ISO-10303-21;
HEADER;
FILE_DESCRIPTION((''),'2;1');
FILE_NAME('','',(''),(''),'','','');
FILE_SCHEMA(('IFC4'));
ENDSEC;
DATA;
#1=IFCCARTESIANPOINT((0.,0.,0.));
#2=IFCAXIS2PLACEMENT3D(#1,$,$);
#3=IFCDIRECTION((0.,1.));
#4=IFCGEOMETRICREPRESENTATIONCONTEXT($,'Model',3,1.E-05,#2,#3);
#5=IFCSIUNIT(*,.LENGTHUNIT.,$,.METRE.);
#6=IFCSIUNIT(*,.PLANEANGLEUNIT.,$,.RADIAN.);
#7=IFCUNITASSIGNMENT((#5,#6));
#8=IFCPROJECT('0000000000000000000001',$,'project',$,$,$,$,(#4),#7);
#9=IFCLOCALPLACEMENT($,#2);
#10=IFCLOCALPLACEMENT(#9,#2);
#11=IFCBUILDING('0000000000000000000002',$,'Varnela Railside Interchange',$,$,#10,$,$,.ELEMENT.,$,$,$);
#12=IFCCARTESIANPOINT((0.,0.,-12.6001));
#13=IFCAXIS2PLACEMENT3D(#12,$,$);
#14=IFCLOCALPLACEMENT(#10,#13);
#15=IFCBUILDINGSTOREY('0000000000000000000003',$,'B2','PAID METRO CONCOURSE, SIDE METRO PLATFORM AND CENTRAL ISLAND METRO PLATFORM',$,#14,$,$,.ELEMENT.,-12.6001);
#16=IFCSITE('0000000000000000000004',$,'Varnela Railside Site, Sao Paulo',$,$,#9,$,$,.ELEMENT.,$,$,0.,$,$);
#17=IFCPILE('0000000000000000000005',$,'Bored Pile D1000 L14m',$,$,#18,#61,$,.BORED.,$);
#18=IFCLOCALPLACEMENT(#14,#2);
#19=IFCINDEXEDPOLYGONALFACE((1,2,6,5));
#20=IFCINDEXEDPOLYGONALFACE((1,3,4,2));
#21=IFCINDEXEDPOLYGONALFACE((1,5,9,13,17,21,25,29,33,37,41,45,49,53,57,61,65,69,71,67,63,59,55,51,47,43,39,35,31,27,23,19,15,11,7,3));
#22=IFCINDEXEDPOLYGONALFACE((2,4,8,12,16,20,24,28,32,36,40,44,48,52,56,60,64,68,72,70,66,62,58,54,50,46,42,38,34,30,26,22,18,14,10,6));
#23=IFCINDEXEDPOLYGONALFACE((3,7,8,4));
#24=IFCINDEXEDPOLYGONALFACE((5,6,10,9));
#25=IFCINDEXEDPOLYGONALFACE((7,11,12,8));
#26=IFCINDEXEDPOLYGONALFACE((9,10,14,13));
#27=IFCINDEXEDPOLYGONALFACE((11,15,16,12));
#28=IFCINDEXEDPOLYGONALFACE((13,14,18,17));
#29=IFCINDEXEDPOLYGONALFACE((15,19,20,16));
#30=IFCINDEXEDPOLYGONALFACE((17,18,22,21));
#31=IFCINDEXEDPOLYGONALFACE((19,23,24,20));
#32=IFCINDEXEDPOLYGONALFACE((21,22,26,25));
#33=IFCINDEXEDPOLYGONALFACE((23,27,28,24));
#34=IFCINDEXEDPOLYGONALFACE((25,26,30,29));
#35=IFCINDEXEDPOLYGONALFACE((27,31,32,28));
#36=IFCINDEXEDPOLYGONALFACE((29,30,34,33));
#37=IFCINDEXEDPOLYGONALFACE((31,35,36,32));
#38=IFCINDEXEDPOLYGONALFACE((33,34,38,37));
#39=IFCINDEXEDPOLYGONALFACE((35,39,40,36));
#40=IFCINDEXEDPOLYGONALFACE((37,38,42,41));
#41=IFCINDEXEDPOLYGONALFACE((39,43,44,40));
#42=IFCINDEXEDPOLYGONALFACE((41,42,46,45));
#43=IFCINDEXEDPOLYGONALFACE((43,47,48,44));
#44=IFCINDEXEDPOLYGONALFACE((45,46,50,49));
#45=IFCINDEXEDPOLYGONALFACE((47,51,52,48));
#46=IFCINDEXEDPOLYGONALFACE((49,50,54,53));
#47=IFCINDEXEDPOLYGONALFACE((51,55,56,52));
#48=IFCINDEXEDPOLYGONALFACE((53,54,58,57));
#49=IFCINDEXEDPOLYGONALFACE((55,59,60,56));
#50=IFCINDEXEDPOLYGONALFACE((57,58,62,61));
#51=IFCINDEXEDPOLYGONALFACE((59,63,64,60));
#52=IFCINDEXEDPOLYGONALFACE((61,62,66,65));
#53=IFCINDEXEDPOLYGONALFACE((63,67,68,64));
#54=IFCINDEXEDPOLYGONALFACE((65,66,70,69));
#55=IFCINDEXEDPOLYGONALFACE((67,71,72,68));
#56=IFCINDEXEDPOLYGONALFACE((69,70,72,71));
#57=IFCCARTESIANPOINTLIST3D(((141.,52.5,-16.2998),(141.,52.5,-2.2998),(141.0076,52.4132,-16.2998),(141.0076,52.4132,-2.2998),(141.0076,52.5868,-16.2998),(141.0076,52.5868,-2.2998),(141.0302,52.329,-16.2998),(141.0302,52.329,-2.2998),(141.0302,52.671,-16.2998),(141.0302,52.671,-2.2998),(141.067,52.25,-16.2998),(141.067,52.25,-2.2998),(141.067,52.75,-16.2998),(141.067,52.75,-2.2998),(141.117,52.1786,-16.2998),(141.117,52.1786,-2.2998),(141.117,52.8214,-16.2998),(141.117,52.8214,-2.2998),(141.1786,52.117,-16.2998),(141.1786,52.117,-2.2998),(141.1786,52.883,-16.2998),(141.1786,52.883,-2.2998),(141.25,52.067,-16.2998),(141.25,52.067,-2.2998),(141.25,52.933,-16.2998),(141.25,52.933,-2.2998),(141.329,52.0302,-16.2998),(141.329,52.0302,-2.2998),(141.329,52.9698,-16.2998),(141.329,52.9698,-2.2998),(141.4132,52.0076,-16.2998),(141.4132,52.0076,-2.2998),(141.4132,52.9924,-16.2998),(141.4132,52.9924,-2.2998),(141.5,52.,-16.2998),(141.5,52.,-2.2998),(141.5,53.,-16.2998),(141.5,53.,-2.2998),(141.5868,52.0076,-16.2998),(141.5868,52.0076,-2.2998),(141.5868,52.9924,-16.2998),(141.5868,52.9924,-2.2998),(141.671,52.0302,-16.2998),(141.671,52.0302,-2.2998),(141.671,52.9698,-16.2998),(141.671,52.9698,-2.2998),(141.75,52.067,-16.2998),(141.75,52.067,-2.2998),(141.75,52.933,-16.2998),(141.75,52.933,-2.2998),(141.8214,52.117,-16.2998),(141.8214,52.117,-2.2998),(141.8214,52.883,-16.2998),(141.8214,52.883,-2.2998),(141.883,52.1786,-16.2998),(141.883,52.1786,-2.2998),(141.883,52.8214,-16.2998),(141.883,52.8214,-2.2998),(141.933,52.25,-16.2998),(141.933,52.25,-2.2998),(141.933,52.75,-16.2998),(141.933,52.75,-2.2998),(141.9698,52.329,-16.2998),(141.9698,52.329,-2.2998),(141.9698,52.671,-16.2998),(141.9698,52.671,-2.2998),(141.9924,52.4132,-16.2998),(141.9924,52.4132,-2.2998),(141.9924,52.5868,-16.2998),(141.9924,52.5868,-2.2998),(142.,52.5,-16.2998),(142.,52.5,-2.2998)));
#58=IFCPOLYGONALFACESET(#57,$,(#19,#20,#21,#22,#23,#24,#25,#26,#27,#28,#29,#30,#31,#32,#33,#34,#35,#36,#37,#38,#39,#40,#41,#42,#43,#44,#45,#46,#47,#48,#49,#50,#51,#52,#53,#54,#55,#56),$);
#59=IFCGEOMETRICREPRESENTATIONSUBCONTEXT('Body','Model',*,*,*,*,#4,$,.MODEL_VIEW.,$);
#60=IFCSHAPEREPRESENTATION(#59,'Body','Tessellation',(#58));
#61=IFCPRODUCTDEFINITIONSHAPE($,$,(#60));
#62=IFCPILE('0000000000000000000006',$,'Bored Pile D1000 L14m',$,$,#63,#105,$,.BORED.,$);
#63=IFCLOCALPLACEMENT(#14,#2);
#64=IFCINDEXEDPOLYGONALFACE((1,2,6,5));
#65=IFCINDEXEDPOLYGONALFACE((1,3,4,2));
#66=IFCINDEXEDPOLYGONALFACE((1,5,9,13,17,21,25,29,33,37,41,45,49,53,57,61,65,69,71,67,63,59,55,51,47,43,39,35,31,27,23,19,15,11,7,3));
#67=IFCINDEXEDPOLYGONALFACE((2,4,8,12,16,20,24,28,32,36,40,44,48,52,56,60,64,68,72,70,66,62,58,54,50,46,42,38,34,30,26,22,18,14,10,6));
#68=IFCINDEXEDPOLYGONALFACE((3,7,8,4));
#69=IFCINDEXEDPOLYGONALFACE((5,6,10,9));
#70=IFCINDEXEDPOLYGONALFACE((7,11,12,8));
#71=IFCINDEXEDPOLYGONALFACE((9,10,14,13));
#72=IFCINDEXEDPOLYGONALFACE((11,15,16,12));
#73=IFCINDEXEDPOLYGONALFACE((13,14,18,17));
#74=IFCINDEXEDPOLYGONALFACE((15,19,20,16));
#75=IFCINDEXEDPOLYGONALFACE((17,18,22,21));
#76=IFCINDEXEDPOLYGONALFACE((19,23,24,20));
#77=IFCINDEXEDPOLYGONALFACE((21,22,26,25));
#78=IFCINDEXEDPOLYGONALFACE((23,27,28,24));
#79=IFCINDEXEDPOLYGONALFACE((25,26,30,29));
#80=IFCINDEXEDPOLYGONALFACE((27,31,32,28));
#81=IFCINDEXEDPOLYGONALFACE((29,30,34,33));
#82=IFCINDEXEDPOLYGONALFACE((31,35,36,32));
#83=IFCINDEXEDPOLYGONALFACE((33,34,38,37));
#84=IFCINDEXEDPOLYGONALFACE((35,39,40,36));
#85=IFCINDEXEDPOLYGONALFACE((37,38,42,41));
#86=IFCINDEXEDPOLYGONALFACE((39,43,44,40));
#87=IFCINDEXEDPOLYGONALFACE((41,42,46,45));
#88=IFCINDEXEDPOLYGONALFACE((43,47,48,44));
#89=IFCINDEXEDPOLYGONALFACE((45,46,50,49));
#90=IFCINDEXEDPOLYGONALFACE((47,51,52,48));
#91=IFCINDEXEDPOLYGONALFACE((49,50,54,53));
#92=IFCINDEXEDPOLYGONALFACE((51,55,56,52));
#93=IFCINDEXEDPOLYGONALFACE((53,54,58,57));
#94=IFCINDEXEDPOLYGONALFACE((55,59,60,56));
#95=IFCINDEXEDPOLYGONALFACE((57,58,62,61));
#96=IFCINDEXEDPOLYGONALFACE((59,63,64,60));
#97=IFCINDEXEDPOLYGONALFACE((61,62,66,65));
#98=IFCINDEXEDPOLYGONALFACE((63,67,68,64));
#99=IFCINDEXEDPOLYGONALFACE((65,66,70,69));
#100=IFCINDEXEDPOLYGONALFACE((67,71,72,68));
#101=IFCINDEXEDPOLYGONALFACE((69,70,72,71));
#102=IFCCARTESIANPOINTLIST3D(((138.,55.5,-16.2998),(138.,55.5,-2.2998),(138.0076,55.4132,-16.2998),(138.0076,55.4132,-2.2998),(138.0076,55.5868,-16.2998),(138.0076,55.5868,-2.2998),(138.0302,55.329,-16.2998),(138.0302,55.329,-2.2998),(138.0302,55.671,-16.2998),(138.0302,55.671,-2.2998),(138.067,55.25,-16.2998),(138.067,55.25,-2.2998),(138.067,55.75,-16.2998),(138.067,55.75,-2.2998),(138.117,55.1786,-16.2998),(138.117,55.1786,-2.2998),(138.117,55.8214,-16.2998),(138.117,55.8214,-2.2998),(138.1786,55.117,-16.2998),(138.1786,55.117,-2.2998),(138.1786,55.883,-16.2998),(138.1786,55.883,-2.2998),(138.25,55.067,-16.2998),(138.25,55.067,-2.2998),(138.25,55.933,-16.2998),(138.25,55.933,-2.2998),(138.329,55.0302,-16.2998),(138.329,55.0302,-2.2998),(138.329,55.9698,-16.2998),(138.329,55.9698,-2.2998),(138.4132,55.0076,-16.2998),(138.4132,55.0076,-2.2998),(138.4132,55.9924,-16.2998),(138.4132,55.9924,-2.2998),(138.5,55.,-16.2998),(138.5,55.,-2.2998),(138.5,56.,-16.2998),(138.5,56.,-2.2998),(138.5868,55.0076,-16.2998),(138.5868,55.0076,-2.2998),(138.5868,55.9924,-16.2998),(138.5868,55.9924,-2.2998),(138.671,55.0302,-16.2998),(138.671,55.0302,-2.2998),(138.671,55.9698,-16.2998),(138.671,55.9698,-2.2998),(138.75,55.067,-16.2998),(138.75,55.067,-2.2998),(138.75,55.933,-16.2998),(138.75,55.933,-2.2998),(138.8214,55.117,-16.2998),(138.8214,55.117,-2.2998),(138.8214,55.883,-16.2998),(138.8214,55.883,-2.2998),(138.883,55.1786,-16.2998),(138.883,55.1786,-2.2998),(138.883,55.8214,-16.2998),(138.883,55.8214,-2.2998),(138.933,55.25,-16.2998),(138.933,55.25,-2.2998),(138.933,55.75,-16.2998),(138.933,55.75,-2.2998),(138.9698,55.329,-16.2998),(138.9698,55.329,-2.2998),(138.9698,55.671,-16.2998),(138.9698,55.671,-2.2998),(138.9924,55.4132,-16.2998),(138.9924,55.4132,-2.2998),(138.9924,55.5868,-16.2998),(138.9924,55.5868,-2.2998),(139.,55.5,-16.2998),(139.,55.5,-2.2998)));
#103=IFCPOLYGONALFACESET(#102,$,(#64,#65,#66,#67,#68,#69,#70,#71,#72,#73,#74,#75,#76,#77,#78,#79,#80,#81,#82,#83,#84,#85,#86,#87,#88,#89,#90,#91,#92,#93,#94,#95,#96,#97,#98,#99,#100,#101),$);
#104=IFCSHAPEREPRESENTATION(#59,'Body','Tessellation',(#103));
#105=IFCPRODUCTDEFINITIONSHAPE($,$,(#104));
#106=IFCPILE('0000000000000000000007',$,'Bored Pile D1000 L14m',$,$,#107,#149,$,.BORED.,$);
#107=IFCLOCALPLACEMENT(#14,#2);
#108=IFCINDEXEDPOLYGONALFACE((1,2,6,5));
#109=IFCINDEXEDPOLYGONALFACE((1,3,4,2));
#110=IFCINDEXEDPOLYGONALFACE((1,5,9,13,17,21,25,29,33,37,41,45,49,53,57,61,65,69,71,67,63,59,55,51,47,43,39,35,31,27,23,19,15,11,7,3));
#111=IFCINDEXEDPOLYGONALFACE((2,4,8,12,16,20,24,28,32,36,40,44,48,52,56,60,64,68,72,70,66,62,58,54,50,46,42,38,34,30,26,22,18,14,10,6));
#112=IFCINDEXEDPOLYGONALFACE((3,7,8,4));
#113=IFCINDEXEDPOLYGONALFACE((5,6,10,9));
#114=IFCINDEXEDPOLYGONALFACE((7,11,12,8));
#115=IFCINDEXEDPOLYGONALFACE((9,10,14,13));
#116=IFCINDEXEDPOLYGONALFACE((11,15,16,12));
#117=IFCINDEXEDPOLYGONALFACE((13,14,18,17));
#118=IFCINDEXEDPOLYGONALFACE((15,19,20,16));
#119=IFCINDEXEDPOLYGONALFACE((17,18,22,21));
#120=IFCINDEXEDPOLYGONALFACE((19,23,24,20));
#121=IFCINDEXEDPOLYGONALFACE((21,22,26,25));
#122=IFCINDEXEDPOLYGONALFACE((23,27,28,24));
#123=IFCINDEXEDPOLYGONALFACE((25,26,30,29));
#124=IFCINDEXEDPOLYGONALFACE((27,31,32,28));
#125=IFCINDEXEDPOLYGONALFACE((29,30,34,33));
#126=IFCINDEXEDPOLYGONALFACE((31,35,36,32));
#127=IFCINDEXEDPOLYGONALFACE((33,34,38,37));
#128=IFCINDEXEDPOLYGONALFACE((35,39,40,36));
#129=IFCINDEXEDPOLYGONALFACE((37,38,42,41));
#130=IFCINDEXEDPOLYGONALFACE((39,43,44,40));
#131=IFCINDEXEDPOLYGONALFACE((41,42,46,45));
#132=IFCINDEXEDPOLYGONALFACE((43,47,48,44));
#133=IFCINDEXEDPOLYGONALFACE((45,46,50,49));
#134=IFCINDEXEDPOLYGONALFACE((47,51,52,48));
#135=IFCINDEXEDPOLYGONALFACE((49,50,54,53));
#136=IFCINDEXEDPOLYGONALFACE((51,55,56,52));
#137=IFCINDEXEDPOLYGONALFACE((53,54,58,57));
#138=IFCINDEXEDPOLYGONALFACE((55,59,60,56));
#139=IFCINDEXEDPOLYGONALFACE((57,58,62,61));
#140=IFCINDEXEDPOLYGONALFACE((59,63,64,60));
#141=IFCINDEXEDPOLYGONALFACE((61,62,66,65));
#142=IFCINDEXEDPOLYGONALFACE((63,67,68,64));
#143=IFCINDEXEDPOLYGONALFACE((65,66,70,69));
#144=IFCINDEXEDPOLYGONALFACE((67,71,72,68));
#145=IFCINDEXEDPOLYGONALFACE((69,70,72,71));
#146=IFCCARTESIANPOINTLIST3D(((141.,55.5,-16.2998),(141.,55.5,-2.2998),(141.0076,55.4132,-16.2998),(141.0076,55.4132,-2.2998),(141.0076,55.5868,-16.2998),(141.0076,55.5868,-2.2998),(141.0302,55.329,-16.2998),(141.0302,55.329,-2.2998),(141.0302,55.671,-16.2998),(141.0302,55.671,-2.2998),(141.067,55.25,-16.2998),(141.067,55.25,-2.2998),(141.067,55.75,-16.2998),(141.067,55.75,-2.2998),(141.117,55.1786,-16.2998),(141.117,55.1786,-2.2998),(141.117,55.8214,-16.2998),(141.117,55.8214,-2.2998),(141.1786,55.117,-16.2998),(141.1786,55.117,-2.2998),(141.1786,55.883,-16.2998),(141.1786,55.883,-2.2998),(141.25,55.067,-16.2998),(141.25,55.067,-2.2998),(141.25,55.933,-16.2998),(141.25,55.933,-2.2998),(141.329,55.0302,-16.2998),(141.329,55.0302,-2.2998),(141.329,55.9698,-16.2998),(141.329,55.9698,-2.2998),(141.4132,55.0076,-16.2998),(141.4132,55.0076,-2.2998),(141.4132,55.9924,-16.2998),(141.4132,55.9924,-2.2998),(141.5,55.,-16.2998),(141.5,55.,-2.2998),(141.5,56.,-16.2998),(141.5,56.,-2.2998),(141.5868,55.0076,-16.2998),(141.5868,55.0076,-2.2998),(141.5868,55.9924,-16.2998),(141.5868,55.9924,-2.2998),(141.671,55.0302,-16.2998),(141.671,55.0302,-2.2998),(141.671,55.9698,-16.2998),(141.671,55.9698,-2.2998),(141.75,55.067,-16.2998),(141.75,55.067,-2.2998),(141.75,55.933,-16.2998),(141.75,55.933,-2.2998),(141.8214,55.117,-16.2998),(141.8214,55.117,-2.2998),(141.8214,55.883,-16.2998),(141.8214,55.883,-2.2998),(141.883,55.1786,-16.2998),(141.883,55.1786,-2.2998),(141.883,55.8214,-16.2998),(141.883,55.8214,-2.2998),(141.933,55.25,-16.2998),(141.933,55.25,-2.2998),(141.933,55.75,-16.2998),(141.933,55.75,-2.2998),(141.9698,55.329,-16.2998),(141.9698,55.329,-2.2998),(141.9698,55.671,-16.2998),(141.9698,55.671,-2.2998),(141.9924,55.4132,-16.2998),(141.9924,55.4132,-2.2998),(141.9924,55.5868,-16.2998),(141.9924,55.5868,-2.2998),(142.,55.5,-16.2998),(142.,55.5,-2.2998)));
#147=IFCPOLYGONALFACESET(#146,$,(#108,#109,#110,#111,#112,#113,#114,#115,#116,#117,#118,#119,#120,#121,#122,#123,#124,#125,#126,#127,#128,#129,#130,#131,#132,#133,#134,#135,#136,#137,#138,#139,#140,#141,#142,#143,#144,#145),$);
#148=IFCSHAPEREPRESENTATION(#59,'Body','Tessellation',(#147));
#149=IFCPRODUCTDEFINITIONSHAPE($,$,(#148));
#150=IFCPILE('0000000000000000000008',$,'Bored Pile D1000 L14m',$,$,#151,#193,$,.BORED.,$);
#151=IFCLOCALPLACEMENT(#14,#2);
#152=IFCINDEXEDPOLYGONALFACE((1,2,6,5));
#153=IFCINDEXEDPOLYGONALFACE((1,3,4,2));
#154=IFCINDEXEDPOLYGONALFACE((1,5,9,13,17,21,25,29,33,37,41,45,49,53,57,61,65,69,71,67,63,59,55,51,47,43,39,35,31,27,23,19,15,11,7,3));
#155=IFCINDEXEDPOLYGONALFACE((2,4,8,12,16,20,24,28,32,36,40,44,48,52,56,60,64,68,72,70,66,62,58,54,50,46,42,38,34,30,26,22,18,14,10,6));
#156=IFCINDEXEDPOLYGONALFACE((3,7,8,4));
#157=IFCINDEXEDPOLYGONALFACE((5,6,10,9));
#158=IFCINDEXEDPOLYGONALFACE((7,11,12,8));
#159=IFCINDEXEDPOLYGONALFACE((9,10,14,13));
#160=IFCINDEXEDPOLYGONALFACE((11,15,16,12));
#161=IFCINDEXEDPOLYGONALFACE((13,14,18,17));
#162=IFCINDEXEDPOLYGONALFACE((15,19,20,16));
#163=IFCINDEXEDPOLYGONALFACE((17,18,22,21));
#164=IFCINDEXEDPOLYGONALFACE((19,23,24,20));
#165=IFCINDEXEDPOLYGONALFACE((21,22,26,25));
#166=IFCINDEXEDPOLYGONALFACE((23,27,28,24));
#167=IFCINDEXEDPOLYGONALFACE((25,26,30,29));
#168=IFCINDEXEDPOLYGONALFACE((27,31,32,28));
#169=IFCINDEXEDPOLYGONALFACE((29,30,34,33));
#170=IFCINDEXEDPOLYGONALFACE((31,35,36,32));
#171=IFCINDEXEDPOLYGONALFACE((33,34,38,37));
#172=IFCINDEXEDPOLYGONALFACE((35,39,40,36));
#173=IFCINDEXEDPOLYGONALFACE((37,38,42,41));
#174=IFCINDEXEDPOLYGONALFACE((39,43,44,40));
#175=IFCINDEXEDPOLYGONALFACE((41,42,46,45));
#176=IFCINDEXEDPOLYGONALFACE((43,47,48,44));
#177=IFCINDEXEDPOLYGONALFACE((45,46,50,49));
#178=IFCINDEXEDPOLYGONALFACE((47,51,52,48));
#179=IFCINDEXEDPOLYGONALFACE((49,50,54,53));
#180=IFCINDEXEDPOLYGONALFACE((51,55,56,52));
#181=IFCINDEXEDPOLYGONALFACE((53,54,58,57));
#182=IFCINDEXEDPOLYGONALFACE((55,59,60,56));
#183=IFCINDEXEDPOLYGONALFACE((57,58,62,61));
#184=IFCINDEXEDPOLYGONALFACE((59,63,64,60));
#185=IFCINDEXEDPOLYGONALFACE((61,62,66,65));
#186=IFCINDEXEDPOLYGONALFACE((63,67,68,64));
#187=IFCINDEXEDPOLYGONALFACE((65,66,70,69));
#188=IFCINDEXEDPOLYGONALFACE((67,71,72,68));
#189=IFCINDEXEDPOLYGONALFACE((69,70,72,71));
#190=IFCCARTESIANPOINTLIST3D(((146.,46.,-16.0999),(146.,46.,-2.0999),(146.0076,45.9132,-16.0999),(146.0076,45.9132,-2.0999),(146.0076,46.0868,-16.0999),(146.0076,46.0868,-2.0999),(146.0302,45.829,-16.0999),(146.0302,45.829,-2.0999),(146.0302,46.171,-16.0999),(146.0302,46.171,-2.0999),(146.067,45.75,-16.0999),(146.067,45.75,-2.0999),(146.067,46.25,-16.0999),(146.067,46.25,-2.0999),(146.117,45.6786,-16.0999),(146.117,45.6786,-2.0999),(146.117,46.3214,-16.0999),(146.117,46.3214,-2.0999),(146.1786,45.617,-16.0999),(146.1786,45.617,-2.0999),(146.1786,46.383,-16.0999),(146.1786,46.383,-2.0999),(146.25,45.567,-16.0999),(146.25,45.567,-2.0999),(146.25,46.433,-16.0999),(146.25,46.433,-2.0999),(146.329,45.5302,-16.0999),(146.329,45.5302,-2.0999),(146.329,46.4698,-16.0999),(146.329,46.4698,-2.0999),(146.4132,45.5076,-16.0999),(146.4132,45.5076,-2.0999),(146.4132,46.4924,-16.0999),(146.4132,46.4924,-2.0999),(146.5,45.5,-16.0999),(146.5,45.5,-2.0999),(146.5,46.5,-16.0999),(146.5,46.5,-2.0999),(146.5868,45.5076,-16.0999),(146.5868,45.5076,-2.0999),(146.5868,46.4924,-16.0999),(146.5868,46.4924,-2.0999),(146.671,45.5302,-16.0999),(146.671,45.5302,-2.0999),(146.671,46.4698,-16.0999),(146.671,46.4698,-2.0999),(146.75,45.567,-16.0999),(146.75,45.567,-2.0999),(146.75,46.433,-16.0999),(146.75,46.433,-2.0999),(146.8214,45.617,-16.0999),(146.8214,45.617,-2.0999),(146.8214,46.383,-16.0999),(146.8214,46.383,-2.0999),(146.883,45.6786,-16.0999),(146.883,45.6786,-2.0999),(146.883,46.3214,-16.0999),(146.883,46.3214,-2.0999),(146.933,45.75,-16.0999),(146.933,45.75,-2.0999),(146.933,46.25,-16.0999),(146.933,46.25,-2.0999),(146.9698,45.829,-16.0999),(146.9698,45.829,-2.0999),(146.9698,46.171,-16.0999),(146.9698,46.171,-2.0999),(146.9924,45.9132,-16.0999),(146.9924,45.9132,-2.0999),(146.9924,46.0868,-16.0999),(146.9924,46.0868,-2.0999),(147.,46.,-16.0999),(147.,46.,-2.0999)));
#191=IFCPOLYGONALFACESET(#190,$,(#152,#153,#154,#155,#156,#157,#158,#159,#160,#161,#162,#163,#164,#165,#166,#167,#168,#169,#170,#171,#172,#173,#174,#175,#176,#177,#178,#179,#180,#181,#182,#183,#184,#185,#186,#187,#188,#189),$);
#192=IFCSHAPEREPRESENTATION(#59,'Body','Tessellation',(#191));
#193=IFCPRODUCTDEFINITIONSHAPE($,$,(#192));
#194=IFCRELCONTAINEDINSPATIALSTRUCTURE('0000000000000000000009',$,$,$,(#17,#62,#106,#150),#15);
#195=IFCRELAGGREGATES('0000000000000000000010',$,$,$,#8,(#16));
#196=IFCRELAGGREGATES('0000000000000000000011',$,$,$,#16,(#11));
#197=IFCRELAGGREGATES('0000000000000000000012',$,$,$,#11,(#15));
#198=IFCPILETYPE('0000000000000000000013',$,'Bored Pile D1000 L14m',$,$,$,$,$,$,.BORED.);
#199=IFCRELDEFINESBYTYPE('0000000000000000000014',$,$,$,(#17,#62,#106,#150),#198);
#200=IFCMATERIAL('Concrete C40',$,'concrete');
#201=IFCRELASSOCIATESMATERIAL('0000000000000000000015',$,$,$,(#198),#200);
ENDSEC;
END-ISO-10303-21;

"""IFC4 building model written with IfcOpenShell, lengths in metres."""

from ifc_helpers import new_model, si_unit, direction, frame, origin, origin_2d, place, context, subcontext, project, spatial, circle, extrude, material, material_profile, profile_set, type_object, element, save


model = new_model("IFC4")

# Units and contexts
model_context = context("Model", 3, precision=1e-05, world=origin(), true_north=direction((0.0, 1.0)))
body_context = subcontext(model_context, "Body", "Model", "MODEL_VIEW")
ifc_project = project(units=[si_unit("LENGTHUNIT", "METRE"), si_unit("PLANEANGLEUNIT", "RADIAN")], contexts=[model_context])

# Site, building, storey
site_placement = place(None, origin())
site = spatial("IfcSite", under=ifc_project, at=site_placement, Name="Varnela Railside Site, Sao Paulo", CompositionType="ELEMENT", RefElevation=0.0)
building_placement = place(site_placement, origin())
building = spatial("IfcBuilding", under=site, at=building_placement, Name="Varnela Railside Interchange", CompositionType="ELEMENT")
storey_placement = place(building_placement, frame((0.0, 0.0, -12.6001)))
storey = spatial("IfcBuildingStorey", under=building, at=storey_placement, Name="B2", Description="PAID METRO CONCOURSE, SIDE METRO PLATFORM AND CENTRAL ISLAND METRO PLATFORM", CompositionType="ELEMENT", Elevation=-12.6001)

# Piles
ifc_material_1 = material(Name="Concrete C40", Category="concrete")
ifc_material_profile_1 = material_profile(ifc_material_1, circle(Radius=0.5, at=origin_2d()), Name="BORED PILE D1000")
ifc_profile_set_1 = profile_set([ifc_material_profile_1], Name="Concrete C40")
pile_type_1 = type_object("IfcPileType", Name="Bored Pile D1000 L14m", PredefinedType="BORED", material=ifc_profile_set_1)
for number, where, z_axis, x_axis, name in (
    (1, (141.5, 52.5, -2.2998), (0.0, 0.0, -1.0), (1.0, 0.0, 0.0), "Bored Pile D1000 L14m"),
    (2, (138.5, 55.5, -2.2998), (0.0, 0.0, -1.0), (1.0, 0.0, 0.0), "Bored Pile D1000 L14m"),
    (3, (141.5, 55.5, -2.2998), (0.0, 0.0, -1.0), (1.0, 0.0, 0.0), "Bored Pile D1000 L14m"),
    (4, (146.5, 46.0, -2.0999), (0.0, 0.0, -1.0), (1.0, 0.0, 0.0), "Bored Pile D1000 L14m"),
):
    element("IfcPile", number, at=place(storey_placement, frame(where, z_axis=z_axis, x_axis=x_axis)), inside=storey, type_object=pile_type_1, Name=name, PredefinedType="BORED", context=body_context, shape_type="SweptSolid", body=[
        extrude(circle(Radius=0.5, at=origin_2d()), origin(), (0.0, 0.0, 1.0), 14.0),
    ])

save(model, "model.ifc")
